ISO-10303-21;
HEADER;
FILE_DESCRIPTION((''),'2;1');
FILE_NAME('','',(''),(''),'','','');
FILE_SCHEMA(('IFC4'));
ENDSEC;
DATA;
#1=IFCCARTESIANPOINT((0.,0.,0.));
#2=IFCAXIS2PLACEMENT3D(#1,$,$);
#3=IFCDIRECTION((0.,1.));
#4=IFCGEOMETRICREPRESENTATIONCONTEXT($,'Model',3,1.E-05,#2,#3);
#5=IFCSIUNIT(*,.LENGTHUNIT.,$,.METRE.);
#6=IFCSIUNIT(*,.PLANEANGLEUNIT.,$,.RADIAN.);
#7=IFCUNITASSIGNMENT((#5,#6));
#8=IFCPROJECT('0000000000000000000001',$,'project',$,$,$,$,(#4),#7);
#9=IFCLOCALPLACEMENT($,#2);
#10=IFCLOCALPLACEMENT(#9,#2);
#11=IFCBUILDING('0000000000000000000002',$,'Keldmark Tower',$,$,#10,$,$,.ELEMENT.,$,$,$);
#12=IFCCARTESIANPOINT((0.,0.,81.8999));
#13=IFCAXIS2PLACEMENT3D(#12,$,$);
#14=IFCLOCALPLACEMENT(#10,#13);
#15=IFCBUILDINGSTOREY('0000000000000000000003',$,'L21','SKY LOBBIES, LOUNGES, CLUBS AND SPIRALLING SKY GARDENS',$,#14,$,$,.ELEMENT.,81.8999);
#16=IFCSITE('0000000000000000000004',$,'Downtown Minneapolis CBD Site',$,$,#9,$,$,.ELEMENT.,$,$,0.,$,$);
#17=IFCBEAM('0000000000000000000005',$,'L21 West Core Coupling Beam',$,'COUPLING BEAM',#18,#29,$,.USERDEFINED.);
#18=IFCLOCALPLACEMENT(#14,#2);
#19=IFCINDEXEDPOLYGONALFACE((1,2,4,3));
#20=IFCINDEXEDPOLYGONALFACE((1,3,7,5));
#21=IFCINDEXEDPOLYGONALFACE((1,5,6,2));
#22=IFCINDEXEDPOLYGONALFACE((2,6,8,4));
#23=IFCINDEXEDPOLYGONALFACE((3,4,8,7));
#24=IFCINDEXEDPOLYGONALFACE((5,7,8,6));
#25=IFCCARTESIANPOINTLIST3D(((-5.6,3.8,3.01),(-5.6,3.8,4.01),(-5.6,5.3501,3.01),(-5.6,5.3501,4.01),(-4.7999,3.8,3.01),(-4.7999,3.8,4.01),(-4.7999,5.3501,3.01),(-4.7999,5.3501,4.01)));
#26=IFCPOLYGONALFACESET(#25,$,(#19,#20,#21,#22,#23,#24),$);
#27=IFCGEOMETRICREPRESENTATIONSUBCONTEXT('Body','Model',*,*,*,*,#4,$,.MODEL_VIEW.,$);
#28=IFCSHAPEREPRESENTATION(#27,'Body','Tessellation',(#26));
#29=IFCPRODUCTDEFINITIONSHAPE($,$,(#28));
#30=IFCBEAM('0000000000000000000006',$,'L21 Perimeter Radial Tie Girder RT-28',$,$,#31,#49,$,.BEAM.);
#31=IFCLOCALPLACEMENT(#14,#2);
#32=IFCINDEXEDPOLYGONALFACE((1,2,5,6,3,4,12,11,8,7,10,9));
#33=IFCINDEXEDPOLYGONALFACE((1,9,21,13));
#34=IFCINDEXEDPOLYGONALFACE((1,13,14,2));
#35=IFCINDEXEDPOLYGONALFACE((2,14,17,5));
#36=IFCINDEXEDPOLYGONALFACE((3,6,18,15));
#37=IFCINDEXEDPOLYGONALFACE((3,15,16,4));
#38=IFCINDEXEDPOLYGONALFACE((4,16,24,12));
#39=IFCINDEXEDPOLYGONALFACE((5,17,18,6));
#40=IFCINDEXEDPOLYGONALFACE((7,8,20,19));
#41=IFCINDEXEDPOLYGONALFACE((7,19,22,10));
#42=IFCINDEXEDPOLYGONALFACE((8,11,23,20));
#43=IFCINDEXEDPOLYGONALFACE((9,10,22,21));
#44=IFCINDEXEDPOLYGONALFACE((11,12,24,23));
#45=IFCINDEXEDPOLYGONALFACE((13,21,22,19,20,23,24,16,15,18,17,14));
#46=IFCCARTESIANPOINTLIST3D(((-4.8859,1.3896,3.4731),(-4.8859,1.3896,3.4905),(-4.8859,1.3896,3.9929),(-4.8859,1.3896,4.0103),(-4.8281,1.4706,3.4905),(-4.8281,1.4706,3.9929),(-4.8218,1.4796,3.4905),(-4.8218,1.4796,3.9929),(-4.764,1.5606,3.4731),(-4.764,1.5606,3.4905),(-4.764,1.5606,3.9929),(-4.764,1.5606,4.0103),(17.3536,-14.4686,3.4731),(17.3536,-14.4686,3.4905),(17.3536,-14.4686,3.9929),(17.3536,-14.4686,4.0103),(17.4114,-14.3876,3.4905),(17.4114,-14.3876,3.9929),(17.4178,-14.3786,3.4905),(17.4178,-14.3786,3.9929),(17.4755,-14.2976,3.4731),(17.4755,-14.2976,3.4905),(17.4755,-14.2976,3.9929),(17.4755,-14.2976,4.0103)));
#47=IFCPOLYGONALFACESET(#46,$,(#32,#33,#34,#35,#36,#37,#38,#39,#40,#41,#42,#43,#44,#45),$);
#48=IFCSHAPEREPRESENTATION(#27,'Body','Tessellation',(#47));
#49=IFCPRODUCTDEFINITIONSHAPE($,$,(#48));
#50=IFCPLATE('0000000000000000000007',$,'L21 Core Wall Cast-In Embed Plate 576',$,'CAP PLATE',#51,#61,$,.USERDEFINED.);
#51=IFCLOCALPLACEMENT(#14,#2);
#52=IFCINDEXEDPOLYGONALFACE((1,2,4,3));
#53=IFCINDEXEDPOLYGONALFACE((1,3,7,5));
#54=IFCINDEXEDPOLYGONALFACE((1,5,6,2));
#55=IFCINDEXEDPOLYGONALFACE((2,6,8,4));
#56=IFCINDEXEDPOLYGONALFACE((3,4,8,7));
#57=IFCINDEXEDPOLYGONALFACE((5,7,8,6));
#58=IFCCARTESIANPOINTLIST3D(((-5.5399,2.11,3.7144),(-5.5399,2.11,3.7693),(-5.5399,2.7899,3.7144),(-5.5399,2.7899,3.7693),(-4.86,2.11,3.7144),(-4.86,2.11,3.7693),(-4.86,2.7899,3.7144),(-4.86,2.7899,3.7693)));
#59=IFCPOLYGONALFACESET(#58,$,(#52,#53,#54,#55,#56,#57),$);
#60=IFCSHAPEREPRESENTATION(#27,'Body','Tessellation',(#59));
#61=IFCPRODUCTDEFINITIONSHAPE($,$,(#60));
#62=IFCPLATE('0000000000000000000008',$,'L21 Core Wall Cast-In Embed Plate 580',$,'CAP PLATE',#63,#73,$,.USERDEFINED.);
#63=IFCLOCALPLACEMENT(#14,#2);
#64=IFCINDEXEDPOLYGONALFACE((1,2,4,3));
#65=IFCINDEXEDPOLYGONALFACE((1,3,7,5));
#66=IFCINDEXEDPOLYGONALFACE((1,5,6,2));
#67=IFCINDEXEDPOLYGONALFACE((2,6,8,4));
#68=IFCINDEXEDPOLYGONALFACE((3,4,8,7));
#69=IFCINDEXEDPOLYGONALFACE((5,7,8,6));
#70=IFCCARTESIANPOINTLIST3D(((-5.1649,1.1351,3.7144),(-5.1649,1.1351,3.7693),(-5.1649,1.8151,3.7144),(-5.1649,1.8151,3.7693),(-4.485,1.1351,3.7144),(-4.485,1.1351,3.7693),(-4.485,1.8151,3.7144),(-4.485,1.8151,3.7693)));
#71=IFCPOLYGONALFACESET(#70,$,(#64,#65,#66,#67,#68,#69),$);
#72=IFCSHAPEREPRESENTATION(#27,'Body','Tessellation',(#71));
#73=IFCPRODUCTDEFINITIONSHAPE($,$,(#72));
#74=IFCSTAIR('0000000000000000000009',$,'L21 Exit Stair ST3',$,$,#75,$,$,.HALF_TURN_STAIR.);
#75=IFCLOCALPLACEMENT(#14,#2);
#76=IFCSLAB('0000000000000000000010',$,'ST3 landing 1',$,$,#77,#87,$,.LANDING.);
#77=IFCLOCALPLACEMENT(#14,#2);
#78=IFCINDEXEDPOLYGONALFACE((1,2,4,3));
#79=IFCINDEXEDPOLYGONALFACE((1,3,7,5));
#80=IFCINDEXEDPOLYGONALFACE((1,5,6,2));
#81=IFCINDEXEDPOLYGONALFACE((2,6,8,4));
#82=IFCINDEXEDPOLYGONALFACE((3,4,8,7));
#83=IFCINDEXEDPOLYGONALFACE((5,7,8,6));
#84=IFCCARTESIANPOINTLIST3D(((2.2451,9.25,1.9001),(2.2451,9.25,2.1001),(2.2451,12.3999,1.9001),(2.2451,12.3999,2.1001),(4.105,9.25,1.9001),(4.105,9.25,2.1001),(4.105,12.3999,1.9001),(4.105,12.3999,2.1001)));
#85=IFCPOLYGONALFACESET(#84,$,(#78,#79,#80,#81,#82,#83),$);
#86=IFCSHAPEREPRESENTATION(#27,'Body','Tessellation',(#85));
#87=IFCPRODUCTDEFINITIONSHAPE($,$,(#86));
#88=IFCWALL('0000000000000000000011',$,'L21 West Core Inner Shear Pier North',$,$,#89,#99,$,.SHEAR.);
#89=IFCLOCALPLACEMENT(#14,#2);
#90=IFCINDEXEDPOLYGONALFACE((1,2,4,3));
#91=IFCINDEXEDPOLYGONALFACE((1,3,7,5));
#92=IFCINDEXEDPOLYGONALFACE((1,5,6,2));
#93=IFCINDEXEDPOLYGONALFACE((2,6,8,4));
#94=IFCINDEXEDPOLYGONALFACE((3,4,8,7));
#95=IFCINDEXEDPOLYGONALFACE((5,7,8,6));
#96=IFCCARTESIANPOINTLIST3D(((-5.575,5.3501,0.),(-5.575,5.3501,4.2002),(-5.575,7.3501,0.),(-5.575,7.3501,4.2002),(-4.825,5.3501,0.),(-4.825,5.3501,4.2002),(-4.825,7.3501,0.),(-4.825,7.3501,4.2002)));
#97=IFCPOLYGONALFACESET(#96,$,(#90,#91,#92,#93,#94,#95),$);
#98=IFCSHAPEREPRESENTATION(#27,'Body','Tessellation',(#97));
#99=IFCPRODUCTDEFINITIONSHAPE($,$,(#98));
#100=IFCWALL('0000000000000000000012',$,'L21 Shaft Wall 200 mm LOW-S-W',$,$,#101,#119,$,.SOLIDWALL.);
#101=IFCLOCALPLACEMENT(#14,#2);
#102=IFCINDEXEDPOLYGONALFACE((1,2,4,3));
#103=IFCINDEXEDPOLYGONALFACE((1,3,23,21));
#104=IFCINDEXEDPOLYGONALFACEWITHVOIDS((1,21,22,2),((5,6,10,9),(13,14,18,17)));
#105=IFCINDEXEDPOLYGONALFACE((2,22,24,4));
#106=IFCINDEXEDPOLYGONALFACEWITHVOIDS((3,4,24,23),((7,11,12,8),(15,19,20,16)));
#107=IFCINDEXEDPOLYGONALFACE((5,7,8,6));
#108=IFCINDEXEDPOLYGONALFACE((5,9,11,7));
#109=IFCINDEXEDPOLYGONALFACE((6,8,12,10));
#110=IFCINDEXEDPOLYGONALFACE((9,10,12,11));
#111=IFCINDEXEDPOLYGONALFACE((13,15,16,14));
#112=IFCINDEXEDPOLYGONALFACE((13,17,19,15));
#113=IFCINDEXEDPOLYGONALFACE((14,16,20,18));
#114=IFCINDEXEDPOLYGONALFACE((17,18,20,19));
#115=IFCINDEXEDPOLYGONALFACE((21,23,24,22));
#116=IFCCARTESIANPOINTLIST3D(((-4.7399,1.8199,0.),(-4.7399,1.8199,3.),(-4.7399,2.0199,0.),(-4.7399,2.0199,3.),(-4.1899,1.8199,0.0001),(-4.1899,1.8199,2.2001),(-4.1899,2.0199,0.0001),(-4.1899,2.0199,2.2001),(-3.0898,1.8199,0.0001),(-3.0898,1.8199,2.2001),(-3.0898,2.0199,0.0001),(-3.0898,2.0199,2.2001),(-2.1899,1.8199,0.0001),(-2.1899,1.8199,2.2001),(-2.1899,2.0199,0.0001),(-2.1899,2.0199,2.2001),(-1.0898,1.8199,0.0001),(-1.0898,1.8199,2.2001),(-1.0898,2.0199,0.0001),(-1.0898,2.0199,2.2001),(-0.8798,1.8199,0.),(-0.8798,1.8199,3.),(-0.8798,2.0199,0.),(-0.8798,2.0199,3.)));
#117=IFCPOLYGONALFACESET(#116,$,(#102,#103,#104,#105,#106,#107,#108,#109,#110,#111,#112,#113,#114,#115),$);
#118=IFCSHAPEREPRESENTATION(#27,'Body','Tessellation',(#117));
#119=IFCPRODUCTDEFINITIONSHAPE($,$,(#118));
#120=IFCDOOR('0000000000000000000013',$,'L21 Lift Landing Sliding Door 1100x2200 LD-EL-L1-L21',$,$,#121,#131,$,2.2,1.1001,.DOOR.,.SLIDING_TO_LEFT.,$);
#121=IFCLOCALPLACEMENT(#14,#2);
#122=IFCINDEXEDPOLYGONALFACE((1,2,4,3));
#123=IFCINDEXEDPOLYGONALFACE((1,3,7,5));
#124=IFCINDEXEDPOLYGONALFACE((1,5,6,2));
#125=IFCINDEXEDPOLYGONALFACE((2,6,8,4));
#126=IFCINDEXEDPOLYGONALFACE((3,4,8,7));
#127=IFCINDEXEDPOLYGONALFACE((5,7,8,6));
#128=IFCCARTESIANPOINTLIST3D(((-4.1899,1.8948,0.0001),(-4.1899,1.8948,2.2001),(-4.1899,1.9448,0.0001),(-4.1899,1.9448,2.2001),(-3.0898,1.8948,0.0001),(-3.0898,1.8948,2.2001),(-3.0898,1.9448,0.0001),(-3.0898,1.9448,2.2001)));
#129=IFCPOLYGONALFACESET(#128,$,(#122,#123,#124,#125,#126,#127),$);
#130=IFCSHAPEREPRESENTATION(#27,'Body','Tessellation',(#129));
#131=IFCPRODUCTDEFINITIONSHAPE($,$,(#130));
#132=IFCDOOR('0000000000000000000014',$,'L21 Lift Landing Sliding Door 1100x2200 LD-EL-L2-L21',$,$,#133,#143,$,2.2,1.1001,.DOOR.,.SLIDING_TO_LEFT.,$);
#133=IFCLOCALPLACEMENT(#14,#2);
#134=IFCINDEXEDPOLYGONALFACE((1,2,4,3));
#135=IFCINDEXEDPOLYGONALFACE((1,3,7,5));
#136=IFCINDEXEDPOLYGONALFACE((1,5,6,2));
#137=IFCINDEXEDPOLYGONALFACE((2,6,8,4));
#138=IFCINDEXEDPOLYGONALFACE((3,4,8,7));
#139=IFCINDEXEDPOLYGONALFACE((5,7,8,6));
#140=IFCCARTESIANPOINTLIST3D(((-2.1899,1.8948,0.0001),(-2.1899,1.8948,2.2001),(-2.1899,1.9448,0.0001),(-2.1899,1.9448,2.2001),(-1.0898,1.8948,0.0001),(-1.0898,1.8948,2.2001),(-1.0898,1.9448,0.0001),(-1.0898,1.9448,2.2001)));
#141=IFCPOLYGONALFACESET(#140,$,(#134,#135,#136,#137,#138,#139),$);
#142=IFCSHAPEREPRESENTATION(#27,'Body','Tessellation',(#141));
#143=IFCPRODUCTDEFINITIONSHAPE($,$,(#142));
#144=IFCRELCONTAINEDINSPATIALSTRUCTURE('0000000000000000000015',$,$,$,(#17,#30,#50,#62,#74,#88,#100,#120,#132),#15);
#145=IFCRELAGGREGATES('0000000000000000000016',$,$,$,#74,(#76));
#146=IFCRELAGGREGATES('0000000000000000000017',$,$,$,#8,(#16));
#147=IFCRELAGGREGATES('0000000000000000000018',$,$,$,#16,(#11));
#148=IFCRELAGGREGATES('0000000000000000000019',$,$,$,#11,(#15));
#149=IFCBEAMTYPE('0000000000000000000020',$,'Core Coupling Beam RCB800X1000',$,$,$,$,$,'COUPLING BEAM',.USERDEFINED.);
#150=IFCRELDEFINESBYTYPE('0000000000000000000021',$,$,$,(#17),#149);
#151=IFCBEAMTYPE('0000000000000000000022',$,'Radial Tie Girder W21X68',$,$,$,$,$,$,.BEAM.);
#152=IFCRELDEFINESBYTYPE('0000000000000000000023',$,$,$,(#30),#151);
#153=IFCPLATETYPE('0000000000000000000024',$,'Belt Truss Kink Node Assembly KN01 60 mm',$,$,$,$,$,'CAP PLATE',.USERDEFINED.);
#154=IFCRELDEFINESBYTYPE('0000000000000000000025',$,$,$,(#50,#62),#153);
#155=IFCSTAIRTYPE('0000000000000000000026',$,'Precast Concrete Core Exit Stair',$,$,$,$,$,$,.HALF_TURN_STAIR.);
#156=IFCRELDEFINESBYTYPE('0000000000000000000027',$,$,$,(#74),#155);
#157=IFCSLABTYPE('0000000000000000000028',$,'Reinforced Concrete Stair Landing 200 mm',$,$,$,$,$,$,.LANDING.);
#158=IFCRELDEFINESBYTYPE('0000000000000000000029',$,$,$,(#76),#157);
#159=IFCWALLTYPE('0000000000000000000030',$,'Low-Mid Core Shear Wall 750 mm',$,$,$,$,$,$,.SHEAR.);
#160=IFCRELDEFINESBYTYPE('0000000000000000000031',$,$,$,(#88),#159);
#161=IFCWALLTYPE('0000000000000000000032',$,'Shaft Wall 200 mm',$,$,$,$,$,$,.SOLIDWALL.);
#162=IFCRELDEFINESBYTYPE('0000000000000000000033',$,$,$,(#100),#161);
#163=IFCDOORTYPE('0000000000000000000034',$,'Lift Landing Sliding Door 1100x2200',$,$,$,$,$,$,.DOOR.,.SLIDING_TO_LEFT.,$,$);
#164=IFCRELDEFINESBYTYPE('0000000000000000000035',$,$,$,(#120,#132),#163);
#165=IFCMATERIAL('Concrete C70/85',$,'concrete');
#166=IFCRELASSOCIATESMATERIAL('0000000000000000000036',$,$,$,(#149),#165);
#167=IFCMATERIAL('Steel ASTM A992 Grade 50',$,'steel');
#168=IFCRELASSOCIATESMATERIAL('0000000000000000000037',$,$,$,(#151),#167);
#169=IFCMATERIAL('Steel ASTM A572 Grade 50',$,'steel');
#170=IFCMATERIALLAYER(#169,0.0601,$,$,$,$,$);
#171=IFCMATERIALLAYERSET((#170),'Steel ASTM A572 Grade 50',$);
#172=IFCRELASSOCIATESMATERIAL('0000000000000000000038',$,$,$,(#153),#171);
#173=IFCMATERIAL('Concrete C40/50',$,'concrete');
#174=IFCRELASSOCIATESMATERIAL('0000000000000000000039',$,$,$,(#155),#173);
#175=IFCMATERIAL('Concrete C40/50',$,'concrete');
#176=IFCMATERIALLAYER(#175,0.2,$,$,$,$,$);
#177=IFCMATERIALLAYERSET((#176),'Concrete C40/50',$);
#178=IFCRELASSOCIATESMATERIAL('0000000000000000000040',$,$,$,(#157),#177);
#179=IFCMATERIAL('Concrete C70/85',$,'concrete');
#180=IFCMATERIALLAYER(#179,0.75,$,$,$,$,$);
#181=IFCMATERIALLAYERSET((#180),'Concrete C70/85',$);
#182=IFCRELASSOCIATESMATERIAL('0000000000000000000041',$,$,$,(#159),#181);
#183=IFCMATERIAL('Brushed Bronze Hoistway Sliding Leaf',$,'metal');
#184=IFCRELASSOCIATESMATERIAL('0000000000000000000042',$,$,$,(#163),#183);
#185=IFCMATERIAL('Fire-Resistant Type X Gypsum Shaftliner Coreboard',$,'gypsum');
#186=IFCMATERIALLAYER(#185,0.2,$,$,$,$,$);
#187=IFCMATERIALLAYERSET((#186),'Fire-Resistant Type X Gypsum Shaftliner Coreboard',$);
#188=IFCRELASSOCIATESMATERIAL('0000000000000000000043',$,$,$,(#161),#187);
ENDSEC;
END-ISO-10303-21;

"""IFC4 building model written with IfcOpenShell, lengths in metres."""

from ifc_helpers import new_model, si_unit, direction, frame, frame_2d, origin, origin_2d, place, context, subcontext, project, spatial, polyline, rectangle, i_section, outline, extrude, material, layer, layer_set, material_profile, profile_set, type_object, element, fill, aggregate, save


model = new_model("IFC4")

# Units and contexts
model_context = context("Model", 3, precision=1e-05, world=origin(), true_north=direction((0.0, 1.0)))
body_context = subcontext(model_context, "Body", "Model", "MODEL_VIEW")
ifc_project = project(units=[si_unit("LENGTHUNIT", "METRE"), si_unit("PLANEANGLEUNIT", "RADIAN")], contexts=[model_context])

# Site, building, storey
site_placement = place(None, origin())
site = spatial("IfcSite", under=ifc_project, at=site_placement, Name="Downtown Minneapolis CBD Site", CompositionType="ELEMENT", RefElevation=0.0)
building_placement = place(site_placement, origin())
building = spatial("IfcBuilding", under=site, at=building_placement, Name="Keldmark Tower", CompositionType="ELEMENT")
storey_placement = place(building_placement, frame((0.0, 0.0, 81.8999)))
storey = spatial("IfcBuildingStorey", under=building, at=storey_placement, Name="L21", Description="SKY LOBBIES, LOUNGES, CLUBS AND SPIRALLING SKY GARDENS", CompositionType="ELEMENT", Elevation=81.8999)

# Beams
ifc_material_1 = material(Name="Concrete C70/85", Category="concrete")
ifc_material_profile_1 = material_profile(ifc_material_1, rectangle(XDim=0.8, YDim=1.0, at=origin_2d()), Name="RCB800X1000")
ifc_profile_set_1 = profile_set([ifc_material_profile_1], Name="Concrete C70/85")
beam_type_1 = type_object("IfcBeamType", Name="Core Coupling Beam RCB800X1000", ElementType="COUPLING BEAM", PredefinedType="USERDEFINED", material=ifc_profile_set_1)
beam_1_placement = place(storey_placement, frame((-5.2, 3.8, 3.51), z_axis=(0.0, 1.0, 0.0), x_axis=(-1.0, 0.0, 0.0)))
element("IfcBeam", 1, at=beam_1_placement, inside=storey, type_object=beam_type_1, Name="L21 West Core Coupling Beam", ObjectType="COUPLING BEAM", PredefinedType="USERDEFINED", context=body_context, shape_type="SweptSolid", body=[
    extrude(rectangle(XDim=0.8, YDim=1.0, at=origin_2d()), origin(), (0.0, 0.0, 1.0), 1.55),
])
ifc_material_2 = material(Name="Steel ASTM A992 Grade 50", Category="steel")
ifc_material_profile_2 = material_profile(ifc_material_2, i_section(OverallWidth=0.21, OverallDepth=0.5371, WebThickness=0.011, FlangeThickness=0.0173, at=origin_2d()), Name="W21X68")
ifc_profile_set_2 = profile_set([ifc_material_profile_2], Name="Steel ASTM A992 Grade 50")
beam_type_2 = type_object("IfcBeamType", Name="Radial Tie Girder W21X68", PredefinedType="BEAM", material=ifc_profile_set_2)
beam_2_placement = place(storey_placement, frame((-4.825, 1.4751, 3.7417), z_axis=(0.814204, -0.580579, 0.0), x_axis=(0.580579, 0.814204, 0.0)))
element("IfcBeam", 2, at=beam_2_placement, inside=storey, type_object=beam_type_2, Name="L21 Perimeter Radial Tie Girder RT-28", PredefinedType="BEAM", context=body_context, shape_type="SweptSolid", body=[
    extrude(i_section(OverallWidth=0.21, OverallDepth=0.5371, WebThickness=0.011, FlangeThickness=0.0173, at=origin_2d()), origin(), (0.0, 0.0, 1.0), 27.3145),
])

# Plates
ifc_material_3 = material(Name="Steel ASTM A572 Grade 50", Category="steel")
ifc_layer_1 = layer(ifc_material_3, 0.0601)
ifc_layer_set_1 = layer_set([ifc_layer_1], Name="Steel ASTM A572 Grade 50")
plate_type = type_object("IfcPlateType", Name="Belt Truss Kink Node Assembly KN01 60 mm", ElementType="CAP PLATE", PredefinedType="USERDEFINED", material=ifc_layer_set_1)
for number, where, z_axis, x_axis, name in (
    (3, (-5.2, 2.45, 3.7144), (0.0, 0.0, 1.0), (1.0, 0.0, 0.0), "L21 Core Wall Cast-In Embed Plate 576"),
    (4, (-4.825, 1.4751, 3.7144), (0.0, 0.0, 1.0), (1.0, 0.0, 0.0), "L21 Core Wall Cast-In Embed Plate 580"),
):
    element("IfcPlate", number, at=place(storey_placement, frame(where, z_axis=z_axis, x_axis=x_axis)), inside=storey, type_object=plate_type, Name=name, ObjectType="CAP PLATE", PredefinedType="USERDEFINED", context=body_context, shape_type="SweptSolid", body=[
        extrude(rectangle(XDim=0.6799, YDim=0.6799, at=origin_2d()), origin(), (0.0, 0.0, 1.0), 0.0549),
    ])

# Stair, slab
ifc_material_4 = material(Name="Concrete C40/50", Category="concrete")
stair_type = type_object("IfcStairType", Name="Precast Concrete Core Exit Stair", PredefinedType="HALF_TURN_STAIR", material=ifc_material_4)
stair_placement = place(storey_placement, origin())
stair = element("IfcStair", 5, at=stair_placement, inside=storey, type_object=stair_type, Name="L21 Exit Stair ST3", PredefinedType="HALF_TURN_STAIR")
ifc_material_5 = material(Name="Concrete C40/50", Category="concrete")
ifc_layer_2 = layer(ifc_material_5, 0.2)
ifc_layer_set_2 = layer_set([ifc_layer_2], Name="Concrete C40/50")
slab_type = type_object("IfcSlabType", Name="Reinforced Concrete Stair Landing 200 mm", PredefinedType="LANDING", material=ifc_layer_set_2)
slab_placement = place(storey_placement, frame((0.0, 0.0, 1.9001)))
slab = element("IfcSlab", 6, at=slab_placement, type_object=slab_type, Name="ST3 landing 1", PredefinedType="LANDING", context=body_context, shape_type="SweptSolid", body=[
    extrude(outline(polyline([(2.2451, 9.25), (4.105, 9.25), (4.105, 12.3999), (2.2451, 12.3999), (2.2451, 9.25)])), origin(), (0.0, 0.0, 1.0), 0.2),
])
aggregate(stair, [slab])

# Shared definitions
ifc_material_6 = material(Name="Concrete C70/85", Category="concrete")
ifc_layer_3 = layer(ifc_material_6, 0.75)
ifc_layer_set_3 = layer_set([ifc_layer_3], Name="Concrete C70/85")
wall_type_1 = type_object("IfcWallType", Name="Low-Mid Core Shear Wall 750 mm", PredefinedType="SHEAR", material=ifc_layer_set_3)
ifc_material_7 = material(Name="Brushed Bronze Hoistway Sliding Leaf", Category="metal")
door_type_1 = type_object("IfcDoorType", Name="Lift Landing Sliding Door 1100x2200", OperationType="SLIDING_TO_LEFT", PredefinedType="DOOR", material=ifc_material_7)

# Wall
wall_1_placement = place(storey_placement, frame((-5.2, 5.3501, 0.0), z_axis=(0.0, 0.0, 1.0), x_axis=(0.0, 1.0, 0.0)))
element("IfcWall", 7, at=wall_1_placement, inside=storey, type_object=wall_type_1, Name="L21 West Core Inner Shear Pier North", PredefinedType="SHEAR", context=body_context, shape_type="SweptSolid", body=[
    extrude(rectangle(XDim=2.0, YDim=0.75, at=frame_2d((1.0, 0.0))), origin(), (0.0, 0.0, 1.0), 4.2002),
])

# Wall, openings, doors
ifc_material_8 = material(Name="Fire-Resistant Type X Gypsum Shaftliner Coreboard", Category="gypsum")
ifc_layer_4 = layer(ifc_material_8, 0.2)
ifc_layer_set_4 = layer_set([ifc_layer_4], Name="Fire-Resistant Type X Gypsum Shaftliner Coreboard")
wall_type_2 = type_object("IfcWallType", Name="Shaft Wall 200 mm", PredefinedType="SOLIDWALL", material=ifc_layer_set_4)
wall_2_placement = place(storey_placement, frame((-4.74, 1.9199, 0.0), z_axis=(0.0, 0.0, 1.0), x_axis=(1.0, 0.0, 0.0)))
wall_2 = element("IfcWall", 8, at=wall_2_placement, inside=storey, type_object=wall_type_2, Name="L21 Shaft Wall 200 mm LOW-S-W", PredefinedType="SOLIDWALL", context=body_context, shape_type="SweptSolid", body=[
    extrude(rectangle(XDim=3.8601, YDim=0.2, at=frame_2d((1.9302, 0.0))), origin(), (0.0, 0.0, 1.0), 3.0),
])
opening_1_placement = place(wall_2_placement, frame((0.55, 0.0, 0.0)))
opening_1 = element("IfcOpeningElement", 9, at=opening_1_placement, cuts=wall_2, PredefinedType="OPENING", context=body_context, shape_type="SweptSolid", body=[
    extrude(rectangle(XDim=1.1001, YDim=2.2, at=frame_2d((0.55, 1.1001))), frame((0.0, 0.1099, 0.0), z_axis=(0.0, -1.0, 0.0), x_axis=(1.0, 0.0, 0.0)), (0.0, 0.0, 1.0), 0.22),
])
opening_2_placement = place(wall_2_placement, frame((2.55, 0.0, 0.0)))
opening_2 = element("IfcOpeningElement", 10, at=opening_2_placement, cuts=wall_2, PredefinedType="OPENING", context=body_context, shape_type="SweptSolid", body=[
    extrude(rectangle(XDim=1.1001, YDim=2.2, at=frame_2d((0.55, 1.1001))), frame((0.0, 0.1099, 0.0), z_axis=(0.0, -1.0, 0.0), x_axis=(1.0, 0.0, 0.0)), (0.0, 0.0, 1.0), 0.22),
])
door_1_placement = place(opening_1_placement, origin())
door_1 = element("IfcDoor", 11, at=door_1_placement, inside=storey, type_object=door_type_1, Name="L21 Lift Landing Sliding Door 1100x2200 LD-EL-L1-L21", OperationType="SLIDING_TO_LEFT", OverallHeight=2.2, OverallWidth=1.1001, PredefinedType="DOOR", context=body_context, shape_type="SweptSolid", body=[
    extrude(rectangle(XDim=1.1001, YDim=2.2, at=frame_2d((0.55, 1.1001))), frame((0.0, 0.0249, 0.0), z_axis=(0.0, -1.0, 0.0), x_axis=(1.0, 0.0, 0.0)), (0.0, 0.0, 1.0), 0.05),
])
fill(opening_1, door_1)
door_2_placement = place(opening_2_placement, origin())
door_2 = element("IfcDoor", 12, at=door_2_placement, inside=storey, type_object=door_type_1, Name="L21 Lift Landing Sliding Door 1100x2200 LD-EL-L2-L21", OperationType="SLIDING_TO_LEFT", OverallHeight=2.2, OverallWidth=1.1001, PredefinedType="DOOR", context=body_context, shape_type="SweptSolid", body=[
    extrude(rectangle(XDim=1.1001, YDim=2.2, at=frame_2d((0.55, 1.1001))), frame((0.0, 0.0249, 0.0), z_axis=(0.0, -1.0, 0.0), x_axis=(1.0, 0.0, 0.0)), (0.0, 0.0, 1.0), 0.05),
])
fill(opening_2, door_2)

save(model, "model.ifc")
